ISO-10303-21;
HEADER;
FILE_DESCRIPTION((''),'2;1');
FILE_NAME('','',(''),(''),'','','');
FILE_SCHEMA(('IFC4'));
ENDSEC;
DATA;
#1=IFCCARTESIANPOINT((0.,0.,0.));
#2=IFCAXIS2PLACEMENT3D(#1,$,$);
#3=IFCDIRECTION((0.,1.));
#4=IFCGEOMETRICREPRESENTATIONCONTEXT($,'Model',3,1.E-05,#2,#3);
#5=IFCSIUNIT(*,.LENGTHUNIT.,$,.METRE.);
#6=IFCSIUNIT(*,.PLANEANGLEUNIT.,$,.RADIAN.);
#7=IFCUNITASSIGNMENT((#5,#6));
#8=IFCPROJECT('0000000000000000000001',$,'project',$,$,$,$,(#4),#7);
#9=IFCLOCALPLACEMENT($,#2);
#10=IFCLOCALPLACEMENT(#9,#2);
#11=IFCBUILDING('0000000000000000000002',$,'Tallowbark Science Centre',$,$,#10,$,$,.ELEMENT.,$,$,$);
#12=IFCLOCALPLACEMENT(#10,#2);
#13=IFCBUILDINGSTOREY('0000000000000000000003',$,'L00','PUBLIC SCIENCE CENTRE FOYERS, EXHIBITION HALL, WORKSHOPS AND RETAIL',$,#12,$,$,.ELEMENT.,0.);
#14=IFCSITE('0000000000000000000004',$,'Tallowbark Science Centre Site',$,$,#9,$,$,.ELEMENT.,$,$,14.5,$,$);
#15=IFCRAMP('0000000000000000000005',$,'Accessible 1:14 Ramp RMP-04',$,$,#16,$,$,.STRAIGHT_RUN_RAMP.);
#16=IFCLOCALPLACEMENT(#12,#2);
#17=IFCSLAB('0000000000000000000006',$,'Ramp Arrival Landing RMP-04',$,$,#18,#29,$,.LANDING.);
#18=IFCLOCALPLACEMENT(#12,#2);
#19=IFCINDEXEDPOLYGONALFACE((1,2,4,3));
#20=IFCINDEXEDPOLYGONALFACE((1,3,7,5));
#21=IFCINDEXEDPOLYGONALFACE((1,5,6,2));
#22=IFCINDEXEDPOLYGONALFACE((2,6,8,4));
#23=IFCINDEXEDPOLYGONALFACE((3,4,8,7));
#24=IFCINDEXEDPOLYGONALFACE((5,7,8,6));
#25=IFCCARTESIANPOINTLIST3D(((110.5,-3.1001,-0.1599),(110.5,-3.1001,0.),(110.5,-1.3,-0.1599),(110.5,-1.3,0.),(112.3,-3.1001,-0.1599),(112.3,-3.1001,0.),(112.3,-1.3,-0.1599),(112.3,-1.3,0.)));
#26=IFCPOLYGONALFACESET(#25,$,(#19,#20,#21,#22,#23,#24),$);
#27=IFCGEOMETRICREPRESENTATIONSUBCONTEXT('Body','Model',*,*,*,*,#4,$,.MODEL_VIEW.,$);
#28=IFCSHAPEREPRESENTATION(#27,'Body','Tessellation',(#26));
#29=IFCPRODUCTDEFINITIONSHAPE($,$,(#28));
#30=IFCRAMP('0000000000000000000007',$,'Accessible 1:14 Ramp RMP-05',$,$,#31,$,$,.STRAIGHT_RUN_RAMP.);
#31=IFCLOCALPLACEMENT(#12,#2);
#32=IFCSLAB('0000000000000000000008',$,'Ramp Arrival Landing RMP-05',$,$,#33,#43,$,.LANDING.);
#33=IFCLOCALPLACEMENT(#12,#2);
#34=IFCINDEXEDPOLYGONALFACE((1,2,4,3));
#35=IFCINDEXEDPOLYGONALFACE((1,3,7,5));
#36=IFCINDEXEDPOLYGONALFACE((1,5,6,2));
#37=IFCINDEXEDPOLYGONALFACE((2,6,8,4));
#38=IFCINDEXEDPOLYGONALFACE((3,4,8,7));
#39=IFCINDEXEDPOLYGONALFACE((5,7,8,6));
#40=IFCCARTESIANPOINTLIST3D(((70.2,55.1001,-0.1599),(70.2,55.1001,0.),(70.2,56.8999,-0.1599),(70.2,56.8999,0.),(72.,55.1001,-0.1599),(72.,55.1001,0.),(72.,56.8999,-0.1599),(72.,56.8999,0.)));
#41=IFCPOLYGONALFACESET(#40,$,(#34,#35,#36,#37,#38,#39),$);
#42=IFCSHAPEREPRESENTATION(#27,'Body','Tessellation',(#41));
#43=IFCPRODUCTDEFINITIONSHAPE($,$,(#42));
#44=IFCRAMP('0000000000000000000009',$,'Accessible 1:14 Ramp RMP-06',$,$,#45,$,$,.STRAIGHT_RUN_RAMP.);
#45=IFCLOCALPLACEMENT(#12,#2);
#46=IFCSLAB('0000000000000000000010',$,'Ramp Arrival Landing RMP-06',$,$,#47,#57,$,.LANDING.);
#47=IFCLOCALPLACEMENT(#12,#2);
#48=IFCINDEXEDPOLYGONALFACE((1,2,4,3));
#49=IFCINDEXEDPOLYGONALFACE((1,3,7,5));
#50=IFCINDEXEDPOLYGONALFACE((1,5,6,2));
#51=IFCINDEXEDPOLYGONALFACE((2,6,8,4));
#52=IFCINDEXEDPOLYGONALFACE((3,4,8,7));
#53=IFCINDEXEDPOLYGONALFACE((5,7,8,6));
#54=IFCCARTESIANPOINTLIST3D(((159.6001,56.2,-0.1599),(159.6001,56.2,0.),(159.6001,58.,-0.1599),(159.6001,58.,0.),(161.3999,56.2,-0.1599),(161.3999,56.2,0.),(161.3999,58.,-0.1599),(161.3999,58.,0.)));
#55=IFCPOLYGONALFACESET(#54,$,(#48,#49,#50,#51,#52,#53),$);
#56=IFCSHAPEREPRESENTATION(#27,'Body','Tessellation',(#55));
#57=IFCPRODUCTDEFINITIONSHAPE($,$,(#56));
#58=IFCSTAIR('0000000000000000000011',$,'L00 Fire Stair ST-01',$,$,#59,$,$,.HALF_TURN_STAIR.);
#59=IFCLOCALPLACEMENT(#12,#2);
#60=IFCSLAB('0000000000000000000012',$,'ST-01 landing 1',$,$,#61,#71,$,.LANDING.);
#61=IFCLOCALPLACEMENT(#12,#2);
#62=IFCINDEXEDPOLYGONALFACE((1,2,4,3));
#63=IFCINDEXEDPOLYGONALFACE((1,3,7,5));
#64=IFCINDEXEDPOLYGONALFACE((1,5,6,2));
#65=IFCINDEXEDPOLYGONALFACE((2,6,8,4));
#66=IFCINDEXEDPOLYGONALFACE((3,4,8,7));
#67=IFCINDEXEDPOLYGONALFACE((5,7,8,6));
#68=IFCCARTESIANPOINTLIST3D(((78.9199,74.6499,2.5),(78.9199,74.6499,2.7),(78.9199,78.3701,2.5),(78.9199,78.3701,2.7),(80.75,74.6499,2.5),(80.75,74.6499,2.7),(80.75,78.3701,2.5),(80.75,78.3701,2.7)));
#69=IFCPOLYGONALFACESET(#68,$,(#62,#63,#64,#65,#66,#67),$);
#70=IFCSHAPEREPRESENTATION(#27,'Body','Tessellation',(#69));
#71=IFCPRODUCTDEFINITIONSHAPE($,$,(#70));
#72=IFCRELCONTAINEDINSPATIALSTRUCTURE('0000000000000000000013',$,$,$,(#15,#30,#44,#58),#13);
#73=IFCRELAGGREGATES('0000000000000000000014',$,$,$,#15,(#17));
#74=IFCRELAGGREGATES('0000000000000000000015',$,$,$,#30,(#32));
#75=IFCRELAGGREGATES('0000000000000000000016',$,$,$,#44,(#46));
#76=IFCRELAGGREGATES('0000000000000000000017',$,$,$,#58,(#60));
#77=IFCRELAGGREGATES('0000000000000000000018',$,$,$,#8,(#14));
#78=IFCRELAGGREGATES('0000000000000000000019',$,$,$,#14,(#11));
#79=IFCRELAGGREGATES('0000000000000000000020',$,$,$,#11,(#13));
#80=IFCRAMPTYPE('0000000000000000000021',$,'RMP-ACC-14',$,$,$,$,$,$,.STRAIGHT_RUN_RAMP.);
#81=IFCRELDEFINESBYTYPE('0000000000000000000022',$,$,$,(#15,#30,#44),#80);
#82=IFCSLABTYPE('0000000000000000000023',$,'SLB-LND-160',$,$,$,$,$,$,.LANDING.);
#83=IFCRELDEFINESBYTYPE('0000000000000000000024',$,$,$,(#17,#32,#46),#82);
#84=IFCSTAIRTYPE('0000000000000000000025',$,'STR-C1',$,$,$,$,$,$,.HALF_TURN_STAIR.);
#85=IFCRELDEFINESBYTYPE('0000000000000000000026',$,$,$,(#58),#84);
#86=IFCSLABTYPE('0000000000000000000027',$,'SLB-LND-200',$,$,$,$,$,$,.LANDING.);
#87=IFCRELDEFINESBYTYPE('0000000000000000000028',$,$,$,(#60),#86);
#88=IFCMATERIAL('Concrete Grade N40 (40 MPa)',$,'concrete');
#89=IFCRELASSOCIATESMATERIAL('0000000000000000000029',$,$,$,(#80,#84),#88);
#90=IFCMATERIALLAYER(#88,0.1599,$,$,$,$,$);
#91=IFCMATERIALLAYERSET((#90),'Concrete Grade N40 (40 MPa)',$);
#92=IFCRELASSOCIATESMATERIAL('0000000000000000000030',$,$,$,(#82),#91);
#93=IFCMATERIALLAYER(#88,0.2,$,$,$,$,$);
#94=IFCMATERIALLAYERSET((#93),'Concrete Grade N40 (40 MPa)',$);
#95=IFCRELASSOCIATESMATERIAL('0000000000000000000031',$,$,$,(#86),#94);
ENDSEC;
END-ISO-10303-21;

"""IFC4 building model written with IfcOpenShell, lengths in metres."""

from ifc_helpers import new_model, si_unit, direction, frame, origin, place, context, subcontext, project, spatial, polyline, outline, extrude, material, layer, layer_set, type_object, element, aggregate, save


model = new_model("IFC4")

# Units and contexts
model_context = context("Model", 3, precision=1e-05, world=origin(), true_north=direction((0.0, 1.0)))
body_context = subcontext(model_context, "Body", "Model", "MODEL_VIEW")
ifc_project = project(units=[si_unit("LENGTHUNIT", "METRE"), si_unit("PLANEANGLEUNIT", "RADIAN")], contexts=[model_context])

# Site, building, storey
site_placement = place(None, origin())
site = spatial("IfcSite", under=ifc_project, at=site_placement, Name="Tallowbark Science Centre Site", CompositionType="ELEMENT", RefElevation=14.5)
building_placement = place(site_placement, origin())
building = spatial("IfcBuilding", under=site, at=building_placement, Name="Tallowbark Science Centre", CompositionType="ELEMENT")
storey_placement = place(building_placement, origin())
storey = spatial("IfcBuildingStorey", under=building, at=storey_placement, Name="L00", Description="PUBLIC SCIENCE CENTRE FOYERS, EXHIBITION HALL, WORKSHOPS AND RETAIL", CompositionType="ELEMENT", Elevation=0.0)

# Shared definitions
ifc_material = material(Name="Concrete Grade N40 (40 MPa)", Category="concrete")

# Ramps, slabs
ramp_type = type_object("IfcRampType", Name="RMP-ACC-14", PredefinedType="STRAIGHT_RUN_RAMP", material=ifc_material)
ifc_layer_1 = layer(ifc_material, 0.1599)
ifc_layer_set_1 = layer_set([ifc_layer_1], Name="Concrete Grade N40 (40 MPa)")
slab_type_1 = type_object("IfcSlabType", Name="SLB-LND-160", PredefinedType="LANDING", material=ifc_layer_set_1)
ramp_1_placement = place(storey_placement, origin())
ramp_1 = element("IfcRamp", 1, at=ramp_1_placement, inside=storey, type_object=ramp_type, Name="Accessible 1:14 Ramp RMP-04", PredefinedType="STRAIGHT_RUN_RAMP")
slab_1_placement = place(storey_placement, frame((0.0, 0.0, -0.1599)))
slab_1 = element("IfcSlab", 2, at=slab_1_placement, type_object=slab_type_1, Name="Ramp Arrival Landing RMP-04", PredefinedType="LANDING", context=body_context, shape_type="SweptSolid", body=[
    extrude(outline(polyline([(110.5, -3.1001), (112.3, -3.1001), (112.3, -1.3), (110.5, -1.3), (110.5, -3.1001)])), origin(), (0.0, 0.0, 1.0), 0.1599),
])
aggregate(ramp_1, [slab_1])
ramp_2_placement = place(storey_placement, origin())
ramp_2 = element("IfcRamp", 3, at=ramp_2_placement, inside=storey, type_object=ramp_type, Name="Accessible 1:14 Ramp RMP-05", PredefinedType="STRAIGHT_RUN_RAMP")
slab_2_placement = place(storey_placement, frame((0.0, 0.0, -0.1599)))
slab_2 = element("IfcSlab", 4, at=slab_2_placement, type_object=slab_type_1, Name="Ramp Arrival Landing RMP-05", PredefinedType="LANDING", context=body_context, shape_type="SweptSolid", body=[
    extrude(outline(polyline([(70.2, 55.1001), (72.0, 55.1001), (72.0, 56.8999), (70.2, 56.8999), (70.2, 55.1001)])), origin(), (0.0, 0.0, 1.0), 0.1599),
])
aggregate(ramp_2, [slab_2])
ramp_3_placement = place(storey_placement, origin())
ramp_3 = element("IfcRamp", 5, at=ramp_3_placement, inside=storey, type_object=ramp_type, Name="Accessible 1:14 Ramp RMP-06", PredefinedType="STRAIGHT_RUN_RAMP")
slab_3_placement = place(storey_placement, frame((0.0, 0.0, -0.1599)))
slab_3 = element("IfcSlab", 6, at=slab_3_placement, type_object=slab_type_1, Name="Ramp Arrival Landing RMP-06", PredefinedType="LANDING", context=body_context, shape_type="SweptSolid", body=[
    extrude(outline(polyline([(159.6001, 56.2), (161.3999, 56.2), (161.3999, 58.0), (159.6001, 58.0), (159.6001, 56.2)])), origin(), (0.0, 0.0, 1.0), 0.1599),
])
aggregate(ramp_3, [slab_3])

# Stair, slab
stair_type = type_object("IfcStairType", Name="STR-C1", PredefinedType="HALF_TURN_STAIR", material=ifc_material)
stair_placement = place(storey_placement, origin())
stair = element("IfcStair", 7, at=stair_placement, inside=storey, type_object=stair_type, Name="L00 Fire Stair ST-01", PredefinedType="HALF_TURN_STAIR")
ifc_layer_2 = layer(ifc_material, 0.2)
ifc_layer_set_2 = layer_set([ifc_layer_2], Name="Concrete Grade N40 (40 MPa)")
slab_type_2 = type_object("IfcSlabType", Name="SLB-LND-200", PredefinedType="LANDING", material=ifc_layer_set_2)
slab_4_placement = place(storey_placement, frame((0.0, 0.0, 2.5)))
slab_4 = element("IfcSlab", 8, at=slab_4_placement, type_object=slab_type_2, Name="ST-01 landing 1", PredefinedType="LANDING", context=body_context, shape_type="SweptSolid", body=[
    extrude(outline(polyline([(78.9199, 74.6499), (80.75, 74.6499), (80.75, 78.3701), (78.9199, 78.3701), (78.9199, 74.6499)])), origin(), (0.0, 0.0, 1.0), 0.2),
])
aggregate(stair, [slab_4])

save(model, "model.ifc")
